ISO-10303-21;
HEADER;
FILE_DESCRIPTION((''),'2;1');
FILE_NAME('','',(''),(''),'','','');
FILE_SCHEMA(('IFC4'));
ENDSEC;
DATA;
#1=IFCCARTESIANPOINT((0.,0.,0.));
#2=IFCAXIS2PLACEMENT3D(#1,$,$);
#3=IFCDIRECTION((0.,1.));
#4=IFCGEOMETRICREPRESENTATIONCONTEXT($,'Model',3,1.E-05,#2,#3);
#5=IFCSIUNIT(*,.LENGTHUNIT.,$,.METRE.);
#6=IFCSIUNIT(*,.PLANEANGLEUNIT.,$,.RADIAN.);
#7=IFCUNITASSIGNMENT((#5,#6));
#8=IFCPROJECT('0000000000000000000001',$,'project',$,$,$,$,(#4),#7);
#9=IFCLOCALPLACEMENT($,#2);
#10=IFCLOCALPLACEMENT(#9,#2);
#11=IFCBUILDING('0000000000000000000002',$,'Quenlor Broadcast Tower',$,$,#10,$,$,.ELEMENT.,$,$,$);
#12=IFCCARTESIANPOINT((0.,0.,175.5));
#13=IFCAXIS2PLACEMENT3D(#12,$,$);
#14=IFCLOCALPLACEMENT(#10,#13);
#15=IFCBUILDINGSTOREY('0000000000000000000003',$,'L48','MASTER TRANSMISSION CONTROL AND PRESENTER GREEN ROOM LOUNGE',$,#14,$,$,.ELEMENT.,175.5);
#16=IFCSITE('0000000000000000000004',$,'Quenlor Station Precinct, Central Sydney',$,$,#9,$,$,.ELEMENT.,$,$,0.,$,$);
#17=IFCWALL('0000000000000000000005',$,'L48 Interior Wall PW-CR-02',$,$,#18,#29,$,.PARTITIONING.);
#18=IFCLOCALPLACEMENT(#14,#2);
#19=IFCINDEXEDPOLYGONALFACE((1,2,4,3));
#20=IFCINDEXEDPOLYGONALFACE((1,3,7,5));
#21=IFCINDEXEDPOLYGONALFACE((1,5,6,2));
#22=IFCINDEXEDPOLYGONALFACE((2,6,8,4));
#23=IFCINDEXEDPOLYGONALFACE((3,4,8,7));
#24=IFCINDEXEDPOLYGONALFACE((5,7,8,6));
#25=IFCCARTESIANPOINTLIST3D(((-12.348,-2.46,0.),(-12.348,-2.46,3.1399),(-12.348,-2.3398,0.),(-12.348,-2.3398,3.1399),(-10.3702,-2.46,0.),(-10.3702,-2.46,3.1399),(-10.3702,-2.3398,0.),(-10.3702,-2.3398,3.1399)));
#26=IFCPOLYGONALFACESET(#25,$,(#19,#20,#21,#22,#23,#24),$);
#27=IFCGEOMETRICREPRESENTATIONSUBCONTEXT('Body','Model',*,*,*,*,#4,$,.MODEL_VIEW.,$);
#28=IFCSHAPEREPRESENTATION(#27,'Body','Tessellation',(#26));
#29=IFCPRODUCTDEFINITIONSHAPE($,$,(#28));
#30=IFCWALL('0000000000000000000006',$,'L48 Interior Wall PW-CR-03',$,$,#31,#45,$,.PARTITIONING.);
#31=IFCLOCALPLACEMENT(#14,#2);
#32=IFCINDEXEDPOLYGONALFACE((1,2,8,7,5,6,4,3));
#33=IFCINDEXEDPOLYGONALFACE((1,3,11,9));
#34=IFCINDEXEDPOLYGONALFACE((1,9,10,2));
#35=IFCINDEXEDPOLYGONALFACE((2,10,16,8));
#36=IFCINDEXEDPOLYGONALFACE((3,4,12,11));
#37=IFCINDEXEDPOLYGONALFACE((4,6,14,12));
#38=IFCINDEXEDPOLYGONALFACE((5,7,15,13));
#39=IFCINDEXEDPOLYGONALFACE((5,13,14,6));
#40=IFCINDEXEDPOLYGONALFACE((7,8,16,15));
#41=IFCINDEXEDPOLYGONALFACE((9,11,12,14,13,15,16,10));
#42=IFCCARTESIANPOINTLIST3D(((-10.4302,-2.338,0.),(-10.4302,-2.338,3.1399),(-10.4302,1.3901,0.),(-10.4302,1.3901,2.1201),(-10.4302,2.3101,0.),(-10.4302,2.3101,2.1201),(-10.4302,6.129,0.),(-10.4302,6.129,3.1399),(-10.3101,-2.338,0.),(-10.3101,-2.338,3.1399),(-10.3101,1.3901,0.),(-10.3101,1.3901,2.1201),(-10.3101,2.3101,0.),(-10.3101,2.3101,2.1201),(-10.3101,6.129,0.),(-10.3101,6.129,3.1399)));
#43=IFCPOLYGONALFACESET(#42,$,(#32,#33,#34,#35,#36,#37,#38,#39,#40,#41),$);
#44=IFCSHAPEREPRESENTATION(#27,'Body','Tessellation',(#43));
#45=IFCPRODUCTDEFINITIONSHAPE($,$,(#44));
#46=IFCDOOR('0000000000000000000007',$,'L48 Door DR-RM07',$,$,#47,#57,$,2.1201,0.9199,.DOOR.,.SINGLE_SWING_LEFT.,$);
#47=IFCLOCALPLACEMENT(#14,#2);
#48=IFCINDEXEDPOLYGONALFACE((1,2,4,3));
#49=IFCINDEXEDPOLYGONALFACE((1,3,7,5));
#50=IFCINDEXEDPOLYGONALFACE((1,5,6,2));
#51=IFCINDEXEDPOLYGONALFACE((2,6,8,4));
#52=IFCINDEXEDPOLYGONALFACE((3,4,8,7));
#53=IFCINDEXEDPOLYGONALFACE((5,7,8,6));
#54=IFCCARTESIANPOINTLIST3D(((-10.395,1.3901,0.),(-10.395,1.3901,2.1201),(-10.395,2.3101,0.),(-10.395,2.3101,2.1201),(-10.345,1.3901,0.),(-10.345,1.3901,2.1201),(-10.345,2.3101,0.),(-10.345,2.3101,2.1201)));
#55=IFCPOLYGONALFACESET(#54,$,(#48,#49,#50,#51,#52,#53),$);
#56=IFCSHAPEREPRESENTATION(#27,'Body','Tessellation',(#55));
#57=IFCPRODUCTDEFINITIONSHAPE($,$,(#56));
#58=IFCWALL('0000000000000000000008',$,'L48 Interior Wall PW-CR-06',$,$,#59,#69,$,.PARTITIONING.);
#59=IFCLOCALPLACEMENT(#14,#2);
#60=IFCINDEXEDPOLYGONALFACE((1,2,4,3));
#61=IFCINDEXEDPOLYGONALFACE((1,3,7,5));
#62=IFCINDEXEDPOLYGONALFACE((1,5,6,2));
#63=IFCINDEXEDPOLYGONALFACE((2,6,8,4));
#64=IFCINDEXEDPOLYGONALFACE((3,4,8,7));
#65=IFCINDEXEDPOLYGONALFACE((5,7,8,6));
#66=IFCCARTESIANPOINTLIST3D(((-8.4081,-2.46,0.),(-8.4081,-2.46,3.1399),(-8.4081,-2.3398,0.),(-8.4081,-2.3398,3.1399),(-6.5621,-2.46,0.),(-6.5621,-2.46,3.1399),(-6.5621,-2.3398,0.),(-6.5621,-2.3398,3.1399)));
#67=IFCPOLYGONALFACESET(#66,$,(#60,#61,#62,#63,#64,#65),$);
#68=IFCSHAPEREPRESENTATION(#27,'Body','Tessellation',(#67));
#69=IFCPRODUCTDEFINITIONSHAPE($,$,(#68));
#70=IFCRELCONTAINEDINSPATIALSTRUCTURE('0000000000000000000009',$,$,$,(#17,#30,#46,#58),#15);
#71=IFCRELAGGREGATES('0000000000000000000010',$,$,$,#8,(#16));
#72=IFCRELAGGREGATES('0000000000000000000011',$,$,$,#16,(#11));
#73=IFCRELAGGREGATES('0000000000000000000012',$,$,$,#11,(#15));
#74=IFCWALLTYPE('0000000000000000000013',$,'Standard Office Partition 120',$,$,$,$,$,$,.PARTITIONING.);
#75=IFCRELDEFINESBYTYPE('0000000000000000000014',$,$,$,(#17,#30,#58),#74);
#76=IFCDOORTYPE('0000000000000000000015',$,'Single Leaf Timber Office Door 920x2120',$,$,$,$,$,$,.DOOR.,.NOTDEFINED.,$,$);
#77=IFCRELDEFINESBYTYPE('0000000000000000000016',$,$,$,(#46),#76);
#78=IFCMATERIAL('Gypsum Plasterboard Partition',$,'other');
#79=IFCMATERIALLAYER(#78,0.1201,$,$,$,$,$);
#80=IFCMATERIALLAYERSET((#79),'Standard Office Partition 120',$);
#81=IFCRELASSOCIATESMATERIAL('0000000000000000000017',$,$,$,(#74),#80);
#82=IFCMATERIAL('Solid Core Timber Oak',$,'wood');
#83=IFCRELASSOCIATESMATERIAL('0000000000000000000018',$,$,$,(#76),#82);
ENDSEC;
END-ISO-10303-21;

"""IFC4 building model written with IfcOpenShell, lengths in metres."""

from ifc_helpers import new_model, si_unit, direction, frame, frame_2d, origin, place, context, subcontext, project, spatial, rectangle, extrude, material, layer, layer_set, type_object, element, fill, save


model = new_model("IFC4")

# Units and contexts
model_context = context("Model", 3, precision=1e-05, world=origin(), true_north=direction((0.0, 1.0)))
body_context = subcontext(model_context, "Body", "Model", "MODEL_VIEW")
ifc_project = project(units=[si_unit("LENGTHUNIT", "METRE"), si_unit("PLANEANGLEUNIT", "RADIAN")], contexts=[model_context])

# Site, building, storey
site_placement = place(None, origin())
site = spatial("IfcSite", under=ifc_project, at=site_placement, Name="Quenlor Station Precinct, Central Sydney", CompositionType="ELEMENT", RefElevation=0.0)
building_placement = place(site_placement, origin())
building = spatial("IfcBuilding", under=site, at=building_placement, Name="Quenlor Broadcast Tower", CompositionType="ELEMENT")
storey_placement = place(building_placement, frame((0.0, 0.0, 175.5)))
storey = spatial("IfcBuildingStorey", under=building, at=storey_placement, Name="L48", Description="MASTER TRANSMISSION CONTROL AND PRESENTER GREEN ROOM LOUNGE", CompositionType="ELEMENT", Elevation=175.5)

# Shared definitions
ifc_material_1 = material(Name="Gypsum Plasterboard Partition", Category="other")
ifc_layer_1 = layer(ifc_material_1, 0.1201)
ifc_layer_set_1 = layer_set([ifc_layer_1], Name="Standard Office Partition 120")
wall_type_1 = type_object("IfcWallType", Name="Standard Office Partition 120", PredefinedType="PARTITIONING", material=ifc_layer_set_1)

# Wall
wall_1_placement = place(storey_placement, frame((-12.3479, -2.3999, 0.0), z_axis=(0.0, 0.0, 1.0), x_axis=(1.0, 0.0, 0.0)))
element("IfcWall", 1, at=wall_1_placement, inside=storey, type_object=wall_type_1, Name="L48 Interior Wall PW-CR-02", PredefinedType="PARTITIONING", context=body_context, shape_type="SweptSolid", body=[
    extrude(rectangle(XDim=1.9778, YDim=0.1201, at=frame_2d((0.9888, 0.0))), origin(), (0.0, 0.0, 1.0), 3.1399),
])

# Wall, opening, door
wall_2_placement = place(storey_placement, frame((-10.3701, -2.3379, 0.0), z_axis=(0.0, 0.0, 1.0), x_axis=(0.0, 1.0, 0.0)))
wall_2 = element("IfcWall", 2, at=wall_2_placement, inside=storey, type_object=wall_type_1, Name="L48 Interior Wall PW-CR-03", PredefinedType="PARTITIONING", context=body_context, shape_type="SweptSolid", body=[
    extrude(rectangle(XDim=8.467, YDim=0.1201, at=frame_2d((4.2334, 0.0))), origin(), (0.0, 0.0, 1.0), 3.1399),
])
opening_1_placement = place(wall_2_placement, frame((3.728, 0.0, 0.0)))
opening_1 = element("IfcOpeningElement", 3, at=opening_1_placement, cuts=wall_2, PredefinedType="OPENING", context=body_context, shape_type="SweptSolid", body=[
    extrude(rectangle(XDim=0.9199, YDim=2.1201, at=frame_2d((0.46, 1.0601))), frame((0.0, 0.0701, 0.0), z_axis=(0.0, -1.0, 0.0), x_axis=(1.0, 0.0, 0.0)), (0.0, 0.0, 1.0), 0.1401),
])
ifc_material_2 = material(Name="Solid Core Timber Oak", Category="wood")
door_type_1 = type_object("IfcDoorType", Name="Single Leaf Timber Office Door 920x2120", OperationType="NOTDEFINED", PredefinedType="DOOR", material=ifc_material_2)
door_1_placement = place(opening_1_placement, origin())
door_1 = element("IfcDoor", 4, at=door_1_placement, inside=storey, type_object=door_type_1, Name="L48 Door DR-RM07", OperationType="SINGLE_SWING_LEFT", OverallHeight=2.1201, OverallWidth=0.9199, PredefinedType="DOOR", context=body_context, shape_type="SweptSolid", body=[
    extrude(rectangle(XDim=0.9199, YDim=2.1201, at=frame_2d((0.46, 1.0601))), frame((0.0, 0.0249, 0.0), z_axis=(0.0, -1.0, 0.0), x_axis=(1.0, 0.0, 0.0)), (0.0, 0.0, 1.0), 0.05),
])
fill(opening_1, door_1)

# Wall
wall_3_placement = place(storey_placement, frame((-8.408, -2.3999, 0.0), z_axis=(0.0, 0.0, 1.0), x_axis=(1.0, 0.0, 0.0)))
element("IfcWall", 5, at=wall_3_placement, inside=storey, type_object=wall_type_1, Name="L48 Interior Wall PW-CR-06", PredefinedType="PARTITIONING", context=body_context, shape_type="SweptSolid", body=[
    extrude(rectangle(XDim=1.8459, YDim=0.1201, at=frame_2d((0.9229, 0.0))), origin(), (0.0, 0.0, 1.0), 3.1399),
])

save(model, "model.ifc")
